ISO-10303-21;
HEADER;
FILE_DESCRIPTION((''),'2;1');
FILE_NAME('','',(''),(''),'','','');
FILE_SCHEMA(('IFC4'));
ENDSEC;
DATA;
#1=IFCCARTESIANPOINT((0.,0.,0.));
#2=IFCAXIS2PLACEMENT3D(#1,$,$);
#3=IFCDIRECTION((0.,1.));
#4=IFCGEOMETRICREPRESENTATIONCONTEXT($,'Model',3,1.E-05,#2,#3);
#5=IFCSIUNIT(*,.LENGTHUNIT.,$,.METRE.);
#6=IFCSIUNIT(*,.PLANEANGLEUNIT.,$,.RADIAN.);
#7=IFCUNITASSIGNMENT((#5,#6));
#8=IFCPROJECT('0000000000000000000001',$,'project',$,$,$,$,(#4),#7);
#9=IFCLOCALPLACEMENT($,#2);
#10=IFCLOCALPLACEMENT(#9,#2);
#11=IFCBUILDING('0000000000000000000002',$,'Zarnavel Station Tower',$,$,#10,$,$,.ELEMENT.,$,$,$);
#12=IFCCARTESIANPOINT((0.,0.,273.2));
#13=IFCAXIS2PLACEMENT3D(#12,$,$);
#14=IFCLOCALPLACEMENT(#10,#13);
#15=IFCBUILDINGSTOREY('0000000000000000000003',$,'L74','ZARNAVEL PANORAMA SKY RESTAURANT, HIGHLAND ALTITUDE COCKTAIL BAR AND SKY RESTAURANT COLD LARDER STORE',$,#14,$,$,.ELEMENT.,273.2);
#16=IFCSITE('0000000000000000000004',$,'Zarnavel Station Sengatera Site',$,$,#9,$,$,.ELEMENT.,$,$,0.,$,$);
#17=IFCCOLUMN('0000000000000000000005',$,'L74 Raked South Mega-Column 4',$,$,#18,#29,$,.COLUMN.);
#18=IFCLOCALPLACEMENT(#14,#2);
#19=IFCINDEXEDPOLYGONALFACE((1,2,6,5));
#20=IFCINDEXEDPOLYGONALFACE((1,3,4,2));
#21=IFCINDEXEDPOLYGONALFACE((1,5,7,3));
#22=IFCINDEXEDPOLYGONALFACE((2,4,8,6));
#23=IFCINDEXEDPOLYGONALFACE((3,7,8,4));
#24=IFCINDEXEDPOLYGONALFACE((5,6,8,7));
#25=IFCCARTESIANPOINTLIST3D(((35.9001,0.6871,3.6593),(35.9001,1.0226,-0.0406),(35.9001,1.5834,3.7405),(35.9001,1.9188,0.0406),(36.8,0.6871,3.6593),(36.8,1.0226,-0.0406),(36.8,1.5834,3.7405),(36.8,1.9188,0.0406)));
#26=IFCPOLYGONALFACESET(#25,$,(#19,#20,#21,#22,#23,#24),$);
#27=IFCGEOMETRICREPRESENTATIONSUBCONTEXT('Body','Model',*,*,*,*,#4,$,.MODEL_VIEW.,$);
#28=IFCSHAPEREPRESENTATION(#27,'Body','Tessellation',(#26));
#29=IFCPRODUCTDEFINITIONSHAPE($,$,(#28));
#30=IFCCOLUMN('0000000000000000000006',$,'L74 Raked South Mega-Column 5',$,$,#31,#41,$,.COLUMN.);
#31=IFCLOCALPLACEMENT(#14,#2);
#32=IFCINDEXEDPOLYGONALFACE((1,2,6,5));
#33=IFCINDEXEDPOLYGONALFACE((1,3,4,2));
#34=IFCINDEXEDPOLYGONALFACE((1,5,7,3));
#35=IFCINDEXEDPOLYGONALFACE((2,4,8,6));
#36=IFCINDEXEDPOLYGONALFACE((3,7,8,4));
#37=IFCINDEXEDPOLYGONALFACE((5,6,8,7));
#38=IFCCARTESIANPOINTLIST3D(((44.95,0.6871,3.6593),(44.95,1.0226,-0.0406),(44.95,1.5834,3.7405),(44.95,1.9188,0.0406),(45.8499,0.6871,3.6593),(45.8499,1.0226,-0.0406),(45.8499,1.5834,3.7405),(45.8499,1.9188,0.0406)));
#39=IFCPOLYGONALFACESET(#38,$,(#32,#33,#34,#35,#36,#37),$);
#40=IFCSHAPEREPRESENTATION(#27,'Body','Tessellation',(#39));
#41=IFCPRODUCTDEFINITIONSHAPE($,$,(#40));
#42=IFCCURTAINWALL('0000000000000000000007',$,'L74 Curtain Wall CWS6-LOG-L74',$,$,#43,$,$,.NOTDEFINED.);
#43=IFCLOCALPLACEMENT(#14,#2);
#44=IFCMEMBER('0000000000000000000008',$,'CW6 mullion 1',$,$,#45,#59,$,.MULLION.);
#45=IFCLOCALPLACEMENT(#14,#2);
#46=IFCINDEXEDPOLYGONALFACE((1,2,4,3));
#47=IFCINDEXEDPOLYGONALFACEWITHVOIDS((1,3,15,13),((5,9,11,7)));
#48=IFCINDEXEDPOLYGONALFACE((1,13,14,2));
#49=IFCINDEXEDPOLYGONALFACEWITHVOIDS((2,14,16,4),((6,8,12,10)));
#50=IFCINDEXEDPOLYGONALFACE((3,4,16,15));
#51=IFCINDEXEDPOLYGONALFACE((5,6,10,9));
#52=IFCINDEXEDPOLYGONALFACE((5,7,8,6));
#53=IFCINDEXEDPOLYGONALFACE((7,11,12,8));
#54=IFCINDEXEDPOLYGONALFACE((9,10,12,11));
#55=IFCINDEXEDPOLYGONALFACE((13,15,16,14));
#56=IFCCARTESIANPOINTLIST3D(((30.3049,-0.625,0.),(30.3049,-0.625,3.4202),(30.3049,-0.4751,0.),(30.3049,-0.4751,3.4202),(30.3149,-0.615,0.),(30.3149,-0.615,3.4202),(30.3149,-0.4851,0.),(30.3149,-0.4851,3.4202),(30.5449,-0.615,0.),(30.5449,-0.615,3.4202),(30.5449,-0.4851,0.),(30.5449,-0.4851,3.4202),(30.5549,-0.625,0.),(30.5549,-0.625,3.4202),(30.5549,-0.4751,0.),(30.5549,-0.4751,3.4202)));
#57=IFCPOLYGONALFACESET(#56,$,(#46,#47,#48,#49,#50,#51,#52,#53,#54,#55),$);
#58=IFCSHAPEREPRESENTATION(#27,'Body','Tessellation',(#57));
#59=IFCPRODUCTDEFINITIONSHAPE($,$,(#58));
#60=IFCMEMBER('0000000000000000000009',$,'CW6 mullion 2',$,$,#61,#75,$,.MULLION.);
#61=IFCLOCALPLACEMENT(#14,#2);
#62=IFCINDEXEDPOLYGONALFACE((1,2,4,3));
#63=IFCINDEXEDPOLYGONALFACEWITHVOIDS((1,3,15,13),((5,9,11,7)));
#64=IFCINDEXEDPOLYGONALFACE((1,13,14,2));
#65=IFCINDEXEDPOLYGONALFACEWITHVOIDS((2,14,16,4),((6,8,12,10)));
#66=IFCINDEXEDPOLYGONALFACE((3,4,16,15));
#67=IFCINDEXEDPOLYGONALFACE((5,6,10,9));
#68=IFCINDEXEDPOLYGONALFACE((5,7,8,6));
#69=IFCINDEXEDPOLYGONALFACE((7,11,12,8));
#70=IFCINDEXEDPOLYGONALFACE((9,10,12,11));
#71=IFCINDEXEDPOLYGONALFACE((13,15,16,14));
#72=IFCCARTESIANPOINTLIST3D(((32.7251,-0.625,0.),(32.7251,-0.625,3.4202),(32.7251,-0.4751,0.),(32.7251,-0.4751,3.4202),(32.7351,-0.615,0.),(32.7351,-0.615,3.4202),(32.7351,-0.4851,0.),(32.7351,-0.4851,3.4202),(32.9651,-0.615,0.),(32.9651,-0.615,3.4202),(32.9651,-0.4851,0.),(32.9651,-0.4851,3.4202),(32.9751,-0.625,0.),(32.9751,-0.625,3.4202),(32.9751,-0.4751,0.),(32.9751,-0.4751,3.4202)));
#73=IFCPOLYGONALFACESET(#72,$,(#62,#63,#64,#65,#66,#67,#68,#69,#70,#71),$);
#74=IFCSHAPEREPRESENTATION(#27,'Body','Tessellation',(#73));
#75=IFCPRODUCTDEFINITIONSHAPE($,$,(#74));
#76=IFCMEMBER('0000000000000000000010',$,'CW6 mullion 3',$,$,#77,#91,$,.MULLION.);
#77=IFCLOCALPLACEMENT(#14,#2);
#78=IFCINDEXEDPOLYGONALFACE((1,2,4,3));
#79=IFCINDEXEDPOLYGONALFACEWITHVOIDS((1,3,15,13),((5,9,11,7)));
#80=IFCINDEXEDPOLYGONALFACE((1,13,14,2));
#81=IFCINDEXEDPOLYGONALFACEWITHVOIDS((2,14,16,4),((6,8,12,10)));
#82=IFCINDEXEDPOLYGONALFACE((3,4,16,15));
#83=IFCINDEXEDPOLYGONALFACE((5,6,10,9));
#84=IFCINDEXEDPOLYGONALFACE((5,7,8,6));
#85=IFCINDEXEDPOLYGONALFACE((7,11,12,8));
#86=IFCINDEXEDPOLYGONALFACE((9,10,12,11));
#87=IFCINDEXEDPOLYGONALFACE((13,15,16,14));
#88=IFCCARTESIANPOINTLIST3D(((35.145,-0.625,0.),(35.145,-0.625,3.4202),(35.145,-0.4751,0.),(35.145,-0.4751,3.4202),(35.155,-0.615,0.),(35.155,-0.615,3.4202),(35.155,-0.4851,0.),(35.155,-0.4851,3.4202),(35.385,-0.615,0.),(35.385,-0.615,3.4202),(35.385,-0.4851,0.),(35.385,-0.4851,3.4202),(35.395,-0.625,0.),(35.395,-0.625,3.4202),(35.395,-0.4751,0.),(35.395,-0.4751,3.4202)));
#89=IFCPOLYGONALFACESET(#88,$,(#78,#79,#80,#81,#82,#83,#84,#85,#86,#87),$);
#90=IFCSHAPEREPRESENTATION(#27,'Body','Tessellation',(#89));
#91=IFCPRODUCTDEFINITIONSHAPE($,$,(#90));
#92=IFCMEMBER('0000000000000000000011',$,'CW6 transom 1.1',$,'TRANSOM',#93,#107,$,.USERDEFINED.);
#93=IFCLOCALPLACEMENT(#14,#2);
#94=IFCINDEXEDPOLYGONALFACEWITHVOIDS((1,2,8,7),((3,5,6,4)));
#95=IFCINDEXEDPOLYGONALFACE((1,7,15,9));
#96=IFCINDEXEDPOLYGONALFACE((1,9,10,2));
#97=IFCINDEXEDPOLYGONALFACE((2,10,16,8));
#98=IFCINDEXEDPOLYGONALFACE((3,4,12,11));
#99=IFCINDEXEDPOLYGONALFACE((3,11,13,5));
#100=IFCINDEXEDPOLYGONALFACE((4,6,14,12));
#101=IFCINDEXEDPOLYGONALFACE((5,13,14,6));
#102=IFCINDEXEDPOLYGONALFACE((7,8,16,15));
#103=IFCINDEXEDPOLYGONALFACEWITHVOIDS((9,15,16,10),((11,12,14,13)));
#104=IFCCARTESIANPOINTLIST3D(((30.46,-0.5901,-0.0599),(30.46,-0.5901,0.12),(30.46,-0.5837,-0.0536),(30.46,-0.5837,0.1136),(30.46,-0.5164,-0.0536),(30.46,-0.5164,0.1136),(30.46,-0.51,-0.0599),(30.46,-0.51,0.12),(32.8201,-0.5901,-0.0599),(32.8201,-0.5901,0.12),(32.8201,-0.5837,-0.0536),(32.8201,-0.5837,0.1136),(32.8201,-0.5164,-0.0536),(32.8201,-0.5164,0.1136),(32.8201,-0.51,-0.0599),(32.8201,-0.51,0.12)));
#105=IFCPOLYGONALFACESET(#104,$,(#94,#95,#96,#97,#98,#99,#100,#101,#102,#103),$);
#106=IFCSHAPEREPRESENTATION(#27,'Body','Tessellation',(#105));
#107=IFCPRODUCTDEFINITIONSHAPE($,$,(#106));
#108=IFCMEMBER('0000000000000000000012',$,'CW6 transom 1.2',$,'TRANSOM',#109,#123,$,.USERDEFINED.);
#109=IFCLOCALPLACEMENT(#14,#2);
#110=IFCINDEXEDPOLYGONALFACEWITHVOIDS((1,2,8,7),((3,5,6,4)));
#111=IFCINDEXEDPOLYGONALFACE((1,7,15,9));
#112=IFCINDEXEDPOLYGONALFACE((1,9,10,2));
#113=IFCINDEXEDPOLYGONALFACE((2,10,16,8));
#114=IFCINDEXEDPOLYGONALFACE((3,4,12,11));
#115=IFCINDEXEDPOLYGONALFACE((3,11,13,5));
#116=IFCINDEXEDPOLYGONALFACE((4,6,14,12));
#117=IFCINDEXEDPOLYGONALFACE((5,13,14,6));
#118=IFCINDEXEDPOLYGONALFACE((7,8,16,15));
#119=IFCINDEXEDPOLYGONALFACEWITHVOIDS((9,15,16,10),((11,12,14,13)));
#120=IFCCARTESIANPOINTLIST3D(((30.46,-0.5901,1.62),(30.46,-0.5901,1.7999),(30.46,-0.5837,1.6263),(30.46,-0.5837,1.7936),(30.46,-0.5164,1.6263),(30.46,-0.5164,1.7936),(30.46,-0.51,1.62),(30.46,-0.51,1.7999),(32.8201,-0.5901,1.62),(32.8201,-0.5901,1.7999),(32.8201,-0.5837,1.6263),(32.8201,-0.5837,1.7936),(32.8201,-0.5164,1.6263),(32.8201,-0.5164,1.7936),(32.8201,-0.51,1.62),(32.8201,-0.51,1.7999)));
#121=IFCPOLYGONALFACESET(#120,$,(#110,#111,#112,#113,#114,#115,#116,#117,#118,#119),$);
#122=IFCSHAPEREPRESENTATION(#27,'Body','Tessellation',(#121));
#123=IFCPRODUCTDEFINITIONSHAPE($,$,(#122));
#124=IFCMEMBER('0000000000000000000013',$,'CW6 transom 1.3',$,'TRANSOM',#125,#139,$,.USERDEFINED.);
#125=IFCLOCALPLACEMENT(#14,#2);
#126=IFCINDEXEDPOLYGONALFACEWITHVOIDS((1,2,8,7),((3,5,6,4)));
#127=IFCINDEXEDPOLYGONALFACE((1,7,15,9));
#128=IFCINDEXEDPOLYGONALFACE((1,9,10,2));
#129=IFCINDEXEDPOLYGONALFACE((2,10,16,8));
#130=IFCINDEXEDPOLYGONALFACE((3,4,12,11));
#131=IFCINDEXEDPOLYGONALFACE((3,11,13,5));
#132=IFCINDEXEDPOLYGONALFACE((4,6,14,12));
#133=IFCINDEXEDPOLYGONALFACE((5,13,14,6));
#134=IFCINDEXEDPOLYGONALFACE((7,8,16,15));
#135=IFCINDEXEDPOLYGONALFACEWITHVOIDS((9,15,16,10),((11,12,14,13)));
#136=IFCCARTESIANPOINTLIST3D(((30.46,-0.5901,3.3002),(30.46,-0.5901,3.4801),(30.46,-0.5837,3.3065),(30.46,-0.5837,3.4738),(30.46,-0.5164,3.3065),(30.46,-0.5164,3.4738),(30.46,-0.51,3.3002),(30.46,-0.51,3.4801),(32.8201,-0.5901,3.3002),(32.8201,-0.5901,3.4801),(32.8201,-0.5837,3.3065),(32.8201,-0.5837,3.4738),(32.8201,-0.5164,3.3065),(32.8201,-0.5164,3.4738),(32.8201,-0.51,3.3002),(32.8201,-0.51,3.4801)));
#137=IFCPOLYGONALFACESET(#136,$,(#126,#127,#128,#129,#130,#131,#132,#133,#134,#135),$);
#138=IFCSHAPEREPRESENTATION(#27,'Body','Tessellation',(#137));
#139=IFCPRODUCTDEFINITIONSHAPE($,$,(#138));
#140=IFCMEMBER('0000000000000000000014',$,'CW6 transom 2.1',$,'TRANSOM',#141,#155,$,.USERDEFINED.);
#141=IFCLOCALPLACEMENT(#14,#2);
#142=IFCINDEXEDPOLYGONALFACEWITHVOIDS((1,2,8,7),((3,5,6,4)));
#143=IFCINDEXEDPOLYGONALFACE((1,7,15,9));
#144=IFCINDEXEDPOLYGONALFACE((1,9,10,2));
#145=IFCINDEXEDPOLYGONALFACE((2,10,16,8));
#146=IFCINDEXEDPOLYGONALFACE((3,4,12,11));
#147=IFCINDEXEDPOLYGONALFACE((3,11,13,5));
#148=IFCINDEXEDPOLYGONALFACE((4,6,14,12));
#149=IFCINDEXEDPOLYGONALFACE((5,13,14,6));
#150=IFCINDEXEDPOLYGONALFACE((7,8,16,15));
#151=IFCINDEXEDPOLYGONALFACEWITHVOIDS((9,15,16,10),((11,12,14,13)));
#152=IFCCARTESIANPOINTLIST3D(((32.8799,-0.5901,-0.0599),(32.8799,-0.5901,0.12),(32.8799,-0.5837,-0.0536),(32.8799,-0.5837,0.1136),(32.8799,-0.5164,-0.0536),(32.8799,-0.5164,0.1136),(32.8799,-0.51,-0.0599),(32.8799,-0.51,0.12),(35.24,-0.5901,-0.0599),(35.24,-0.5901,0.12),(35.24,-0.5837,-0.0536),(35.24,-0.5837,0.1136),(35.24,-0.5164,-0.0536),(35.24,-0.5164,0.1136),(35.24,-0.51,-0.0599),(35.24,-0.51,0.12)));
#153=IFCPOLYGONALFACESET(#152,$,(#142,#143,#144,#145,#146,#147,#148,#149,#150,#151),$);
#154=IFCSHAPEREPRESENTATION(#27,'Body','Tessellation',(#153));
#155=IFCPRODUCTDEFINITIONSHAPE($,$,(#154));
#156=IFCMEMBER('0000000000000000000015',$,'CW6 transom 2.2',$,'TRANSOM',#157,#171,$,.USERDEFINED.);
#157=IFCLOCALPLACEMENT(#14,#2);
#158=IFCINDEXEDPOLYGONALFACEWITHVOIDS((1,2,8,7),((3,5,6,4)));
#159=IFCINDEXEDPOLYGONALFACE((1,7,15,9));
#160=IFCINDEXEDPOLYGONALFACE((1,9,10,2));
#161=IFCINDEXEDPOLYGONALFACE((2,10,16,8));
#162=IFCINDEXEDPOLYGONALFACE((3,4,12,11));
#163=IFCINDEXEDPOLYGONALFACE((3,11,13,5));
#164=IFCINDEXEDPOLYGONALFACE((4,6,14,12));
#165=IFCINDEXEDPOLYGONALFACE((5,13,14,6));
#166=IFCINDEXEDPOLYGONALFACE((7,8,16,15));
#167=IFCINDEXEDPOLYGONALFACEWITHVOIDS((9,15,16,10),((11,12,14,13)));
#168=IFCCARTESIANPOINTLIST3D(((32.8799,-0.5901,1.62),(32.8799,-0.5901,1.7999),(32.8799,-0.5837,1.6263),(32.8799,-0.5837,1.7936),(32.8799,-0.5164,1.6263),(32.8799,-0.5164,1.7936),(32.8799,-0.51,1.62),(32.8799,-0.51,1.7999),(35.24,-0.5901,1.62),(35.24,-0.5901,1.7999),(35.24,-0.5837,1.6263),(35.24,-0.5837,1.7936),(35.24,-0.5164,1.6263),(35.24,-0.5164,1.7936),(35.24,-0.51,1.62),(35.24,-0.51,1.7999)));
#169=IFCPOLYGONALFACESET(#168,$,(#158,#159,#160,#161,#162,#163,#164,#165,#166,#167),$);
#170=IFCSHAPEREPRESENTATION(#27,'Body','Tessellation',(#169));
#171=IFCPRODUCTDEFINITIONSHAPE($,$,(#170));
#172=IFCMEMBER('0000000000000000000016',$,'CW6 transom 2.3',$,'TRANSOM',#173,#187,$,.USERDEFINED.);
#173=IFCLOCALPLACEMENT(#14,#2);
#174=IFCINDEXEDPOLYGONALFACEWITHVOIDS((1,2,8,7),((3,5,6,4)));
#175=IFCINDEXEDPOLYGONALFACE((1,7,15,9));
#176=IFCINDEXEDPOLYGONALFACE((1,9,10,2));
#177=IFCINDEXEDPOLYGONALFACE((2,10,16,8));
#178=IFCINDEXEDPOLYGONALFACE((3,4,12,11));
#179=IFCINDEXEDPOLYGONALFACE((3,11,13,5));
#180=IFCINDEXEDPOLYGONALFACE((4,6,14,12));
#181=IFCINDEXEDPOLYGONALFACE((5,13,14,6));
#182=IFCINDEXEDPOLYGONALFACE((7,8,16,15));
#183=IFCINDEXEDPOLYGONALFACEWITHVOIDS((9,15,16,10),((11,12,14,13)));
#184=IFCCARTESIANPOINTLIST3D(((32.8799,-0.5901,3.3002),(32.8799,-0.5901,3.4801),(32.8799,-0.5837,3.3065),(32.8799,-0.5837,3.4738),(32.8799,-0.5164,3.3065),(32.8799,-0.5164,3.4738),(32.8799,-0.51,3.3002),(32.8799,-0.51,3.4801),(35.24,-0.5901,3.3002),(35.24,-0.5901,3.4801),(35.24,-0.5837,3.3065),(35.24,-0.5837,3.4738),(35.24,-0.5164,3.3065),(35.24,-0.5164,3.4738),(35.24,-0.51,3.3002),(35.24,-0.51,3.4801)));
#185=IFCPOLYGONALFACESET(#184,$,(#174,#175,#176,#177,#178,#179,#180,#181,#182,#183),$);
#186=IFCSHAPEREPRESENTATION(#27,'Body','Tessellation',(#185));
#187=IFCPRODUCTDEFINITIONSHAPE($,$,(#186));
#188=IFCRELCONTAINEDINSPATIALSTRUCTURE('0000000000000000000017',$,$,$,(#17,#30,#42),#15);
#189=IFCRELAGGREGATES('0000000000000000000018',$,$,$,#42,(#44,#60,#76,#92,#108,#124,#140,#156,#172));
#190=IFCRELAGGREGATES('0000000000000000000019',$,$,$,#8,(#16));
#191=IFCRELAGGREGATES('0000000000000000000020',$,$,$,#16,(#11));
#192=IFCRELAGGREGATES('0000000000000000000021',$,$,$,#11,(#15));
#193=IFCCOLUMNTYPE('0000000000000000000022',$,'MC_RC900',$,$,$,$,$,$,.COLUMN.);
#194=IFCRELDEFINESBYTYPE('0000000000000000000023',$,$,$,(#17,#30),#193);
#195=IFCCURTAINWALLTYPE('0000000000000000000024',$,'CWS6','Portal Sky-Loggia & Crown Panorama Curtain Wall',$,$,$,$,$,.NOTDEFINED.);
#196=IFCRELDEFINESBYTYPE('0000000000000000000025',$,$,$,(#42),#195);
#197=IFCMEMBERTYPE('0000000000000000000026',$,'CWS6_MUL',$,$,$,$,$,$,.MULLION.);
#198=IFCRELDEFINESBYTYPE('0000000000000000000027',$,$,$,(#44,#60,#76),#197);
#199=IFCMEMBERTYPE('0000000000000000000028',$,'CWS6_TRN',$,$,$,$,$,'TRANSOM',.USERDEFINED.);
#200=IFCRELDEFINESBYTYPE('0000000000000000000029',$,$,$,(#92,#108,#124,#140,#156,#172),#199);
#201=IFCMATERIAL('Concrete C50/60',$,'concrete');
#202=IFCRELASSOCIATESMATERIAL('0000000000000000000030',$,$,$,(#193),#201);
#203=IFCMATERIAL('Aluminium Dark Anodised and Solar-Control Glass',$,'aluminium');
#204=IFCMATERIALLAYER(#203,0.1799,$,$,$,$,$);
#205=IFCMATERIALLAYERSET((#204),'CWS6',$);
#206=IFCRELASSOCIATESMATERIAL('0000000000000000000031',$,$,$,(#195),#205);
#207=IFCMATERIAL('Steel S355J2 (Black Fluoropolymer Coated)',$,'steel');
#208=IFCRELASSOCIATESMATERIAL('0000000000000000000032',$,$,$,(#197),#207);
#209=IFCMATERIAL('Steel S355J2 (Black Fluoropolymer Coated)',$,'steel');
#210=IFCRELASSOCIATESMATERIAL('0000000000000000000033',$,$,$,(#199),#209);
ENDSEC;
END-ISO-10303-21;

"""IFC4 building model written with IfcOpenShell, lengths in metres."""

from ifc_helpers import new_model, si_unit, direction, frame, origin, origin_2d, place, context, subcontext, project, spatial, rectangle, hollow_rectangle, extrude, material, layer, layer_set, material_profile, profile_set, type_object, element, aggregate, save


model = new_model("IFC4")

# Units and contexts
model_context = context("Model", 3, precision=1e-05, world=origin(), true_north=direction((0.0, 1.0)))
body_context = subcontext(model_context, "Body", "Model", "MODEL_VIEW")
ifc_project = project(units=[si_unit("LENGTHUNIT", "METRE"), si_unit("PLANEANGLEUNIT", "RADIAN")], contexts=[model_context])

# Site, building, storey
site_placement = place(None, origin())
site = spatial("IfcSite", under=ifc_project, at=site_placement, Name="Zarnavel Station Sengatera Site", CompositionType="ELEMENT", RefElevation=0.0)
building_placement = place(site_placement, origin())
building = spatial("IfcBuilding", under=site, at=building_placement, Name="Zarnavel Station Tower", CompositionType="ELEMENT")
storey_placement = place(building_placement, frame((0.0, 0.0, 273.2)))
storey = spatial("IfcBuildingStorey", under=building, at=storey_placement, Name="L74", Description="ZARNAVEL PANORAMA SKY RESTAURANT, HIGHLAND ALTITUDE COCKTAIL BAR AND SKY RESTAURANT COLD LARDER STORE", CompositionType="ELEMENT", Elevation=273.2)

# Columns
ifc_material_1 = material(Name="Concrete C50/60", Category="concrete")
ifc_material_profile_1 = material_profile(ifc_material_1, rectangle(XDim=0.8999, YDim=0.8999, at=origin_2d()), Name="RC900x900")
ifc_profile_set_1 = profile_set([ifc_material_profile_1], Name="Concrete C50/60")
column_type = type_object("IfcColumnType", Name="MC_RC900", PredefinedType="COLUMN", material=ifc_profile_set_1)
for number, where, z_axis, x_axis, name in (
    (1, (36.3501, 1.4707, 0.0), (0.0, -0.090293, 0.995915), (1.0, 0.0, 0.0), "L74 Raked South Mega-Column 4"),
    (2, (45.3999, 1.4707, 0.0), (0.0, -0.090293, 0.995915), (1.0, 0.0, 0.0), "L74 Raked South Mega-Column 5"),
):
    element("IfcColumn", number, at=place(storey_placement, frame(where, z_axis=z_axis, x_axis=x_axis)), inside=storey, type_object=column_type, Name=name, PredefinedType="COLUMN", context=body_context, shape_type="SweptSolid", body=[
        extrude(rectangle(XDim=0.8999, YDim=0.8999, at=origin_2d()), origin(), (0.0, 0.0, 1.0), 3.7151),
    ])

# Curtain wall, members
ifc_material_2 = material(Name="Aluminium Dark Anodised and Solar-Control Glass", Category="aluminium")
ifc_layer_1 = layer(ifc_material_2, 0.1799)
ifc_layer_set_1 = layer_set([ifc_layer_1], Name="CWS6")
curtain_wall_type = type_object("IfcCurtainWallType", Name="CWS6", Description="Portal Sky-Loggia & Crown Panorama Curtain Wall", PredefinedType="NOTDEFINED", material=ifc_layer_set_1)
curtain_wall_placement = place(storey_placement, origin())
curtain_wall = element("IfcCurtainWall", 3, at=curtain_wall_placement, inside=storey, type_object=curtain_wall_type, Name="L74 Curtain Wall CWS6-LOG-L74", PredefinedType="NOTDEFINED")
ifc_material_3 = material(Name="Steel S355J2 (Black Fluoropolymer Coated)", Category="steel")
ifc_material_profile_2 = material_profile(ifc_material_3, hollow_rectangle(XDim=0.1499, YDim=0.25, WallThickness=0.01, at=origin_2d()), Name="RHS250x150x10")
ifc_profile_set_2 = profile_set([ifc_material_profile_2], Name="Steel S355J2 (Black Fluoropolymer Coated)")
member_type_1 = type_object("IfcMemberType", Name="CWS6_MUL", PredefinedType="MULLION", material=ifc_profile_set_2)
member_1_placement = place(storey_placement, frame((30.4299, -0.55, 0.0), z_axis=(0.0, 0.0, 1.0), x_axis=(0.0, 1.0, 0.0)))
member_1 = element("IfcMember", 4, at=member_1_placement, type_object=member_type_1, Name="CW6 mullion 1", PredefinedType="MULLION", context=body_context, shape_type="SweptSolid", body=[
    extrude(hollow_rectangle(XDim=0.1499, YDim=0.25, WallThickness=0.01, at=origin_2d()), origin(), (0.0, 0.0, 1.0), 3.4202),
])
member_2_placement = place(storey_placement, frame((32.8501, -0.55, 0.0), z_axis=(0.0, 0.0, 1.0), x_axis=(0.0, 1.0, 0.0)))
member_2 = element("IfcMember", 5, at=member_2_placement, type_object=member_type_1, Name="CW6 mullion 2", PredefinedType="MULLION", context=body_context, shape_type="SweptSolid", body=[
    extrude(hollow_rectangle(XDim=0.1499, YDim=0.25, WallThickness=0.01, at=origin_2d()), origin(), (0.0, 0.0, 1.0), 3.4202),
])
member_3_placement = place(storey_placement, frame((35.27, -0.55, 0.0), z_axis=(0.0, 0.0, 1.0), x_axis=(0.0, 1.0, 0.0)))
member_3 = element("IfcMember", 6, at=member_3_placement, type_object=member_type_1, Name="CW6 mullion 3", PredefinedType="MULLION", context=body_context, shape_type="SweptSolid", body=[
    extrude(hollow_rectangle(XDim=0.1499, YDim=0.25, WallThickness=0.01, at=origin_2d()), origin(), (0.0, 0.0, 1.0), 3.4202),
])
ifc_material_4 = material(Name="Steel S355J2 (Black Fluoropolymer Coated)", Category="steel")
ifc_material_profile_3 = material_profile(ifc_material_4, hollow_rectangle(XDim=0.0801, YDim=0.1799, WallThickness=0.0063, at=origin_2d()), Name="RHS180x80x6.3")
ifc_profile_set_3 = profile_set([ifc_material_profile_3], Name="Steel S355J2 (Black Fluoropolymer Coated)")
member_type_2 = type_object("IfcMemberType", Name="CWS6_TRN", ElementType="TRANSOM", PredefinedType="USERDEFINED", material=ifc_profile_set_3)
member_4_placement = place(storey_placement, frame((30.46, -0.55, 0.03), z_axis=(1.0, 0.0, 0.0), x_axis=(0.0, 1.0, 0.0)))
member_4 = element("IfcMember", 7, at=member_4_placement, type_object=member_type_2, Name="CW6 transom 1.1", ObjectType="TRANSOM", PredefinedType="USERDEFINED", context=body_context, shape_type="SweptSolid", body=[
    extrude(hollow_rectangle(XDim=0.0801, YDim=0.1799, WallThickness=0.0063, at=origin_2d()), origin(), (0.0, 0.0, 1.0), 2.3601),
])
member_5_placement = place(storey_placement, frame((30.46, -0.55, 1.71), z_axis=(1.0, 0.0, 0.0), x_axis=(0.0, 1.0, 0.0)))
member_5 = element("IfcMember", 8, at=member_5_placement, type_object=member_type_2, Name="CW6 transom 1.2", ObjectType="TRANSOM", PredefinedType="USERDEFINED", context=body_context, shape_type="SweptSolid", body=[
    extrude(hollow_rectangle(XDim=0.0801, YDim=0.1799, WallThickness=0.0063, at=origin_2d()), origin(), (0.0, 0.0, 1.0), 2.3601),
])
member_6_placement = place(storey_placement, frame((30.46, -0.55, 3.3901), z_axis=(1.0, 0.0, 0.0), x_axis=(0.0, 1.0, 0.0)))
member_6 = element("IfcMember", 9, at=member_6_placement, type_object=member_type_2, Name="CW6 transom 1.3", ObjectType="TRANSOM", PredefinedType="USERDEFINED", context=body_context, shape_type="SweptSolid", body=[
    extrude(hollow_rectangle(XDim=0.0801, YDim=0.1799, WallThickness=0.0063, at=origin_2d()), origin(), (0.0, 0.0, 1.0), 2.3601),
])
member_7_placement = place(storey_placement, frame((32.8799, -0.55, 0.03), z_axis=(1.0, 0.0, 0.0), x_axis=(0.0, 1.0, 0.0)))
member_7 = element("IfcMember", 10, at=member_7_placement, type_object=member_type_2, Name="CW6 transom 2.1", ObjectType="TRANSOM", PredefinedType="USERDEFINED", context=body_context, shape_type="SweptSolid", body=[
    extrude(hollow_rectangle(XDim=0.0801, YDim=0.1799, WallThickness=0.0063, at=origin_2d()), origin(), (0.0, 0.0, 1.0), 2.3601),
])
member_8_placement = place(storey_placement, frame((32.8799, -0.55, 1.71), z_axis=(1.0, 0.0, 0.0), x_axis=(0.0, 1.0, 0.0)))
member_8 = element("IfcMember", 11, at=member_8_placement, type_object=member_type_2, Name="CW6 transom 2.2", ObjectType="TRANSOM", PredefinedType="USERDEFINED", context=body_context, shape_type="SweptSolid", body=[
    extrude(hollow_rectangle(XDim=0.0801, YDim=0.1799, WallThickness=0.0063, at=origin_2d()), origin(), (0.0, 0.0, 1.0), 2.3601),
])
member_9_placement = place(storey_placement, frame((32.8799, -0.55, 3.3901), z_axis=(1.0, 0.0, 0.0), x_axis=(0.0, 1.0, 0.0)))
member_9 = element("IfcMember", 12, at=member_9_placement, type_object=member_type_2, Name="CW6 transom 2.3", ObjectType="TRANSOM", PredefinedType="USERDEFINED", context=body_context, shape_type="SweptSolid", body=[
    extrude(hollow_rectangle(XDim=0.0801, YDim=0.1799, WallThickness=0.0063, at=origin_2d()), origin(), (0.0, 0.0, 1.0), 2.3601),
])

aggregate(curtain_wall, [member_1, member_2, member_3, member_4, member_5, member_6, member_7, member_8, member_9])

save(model, "model.ifc")
